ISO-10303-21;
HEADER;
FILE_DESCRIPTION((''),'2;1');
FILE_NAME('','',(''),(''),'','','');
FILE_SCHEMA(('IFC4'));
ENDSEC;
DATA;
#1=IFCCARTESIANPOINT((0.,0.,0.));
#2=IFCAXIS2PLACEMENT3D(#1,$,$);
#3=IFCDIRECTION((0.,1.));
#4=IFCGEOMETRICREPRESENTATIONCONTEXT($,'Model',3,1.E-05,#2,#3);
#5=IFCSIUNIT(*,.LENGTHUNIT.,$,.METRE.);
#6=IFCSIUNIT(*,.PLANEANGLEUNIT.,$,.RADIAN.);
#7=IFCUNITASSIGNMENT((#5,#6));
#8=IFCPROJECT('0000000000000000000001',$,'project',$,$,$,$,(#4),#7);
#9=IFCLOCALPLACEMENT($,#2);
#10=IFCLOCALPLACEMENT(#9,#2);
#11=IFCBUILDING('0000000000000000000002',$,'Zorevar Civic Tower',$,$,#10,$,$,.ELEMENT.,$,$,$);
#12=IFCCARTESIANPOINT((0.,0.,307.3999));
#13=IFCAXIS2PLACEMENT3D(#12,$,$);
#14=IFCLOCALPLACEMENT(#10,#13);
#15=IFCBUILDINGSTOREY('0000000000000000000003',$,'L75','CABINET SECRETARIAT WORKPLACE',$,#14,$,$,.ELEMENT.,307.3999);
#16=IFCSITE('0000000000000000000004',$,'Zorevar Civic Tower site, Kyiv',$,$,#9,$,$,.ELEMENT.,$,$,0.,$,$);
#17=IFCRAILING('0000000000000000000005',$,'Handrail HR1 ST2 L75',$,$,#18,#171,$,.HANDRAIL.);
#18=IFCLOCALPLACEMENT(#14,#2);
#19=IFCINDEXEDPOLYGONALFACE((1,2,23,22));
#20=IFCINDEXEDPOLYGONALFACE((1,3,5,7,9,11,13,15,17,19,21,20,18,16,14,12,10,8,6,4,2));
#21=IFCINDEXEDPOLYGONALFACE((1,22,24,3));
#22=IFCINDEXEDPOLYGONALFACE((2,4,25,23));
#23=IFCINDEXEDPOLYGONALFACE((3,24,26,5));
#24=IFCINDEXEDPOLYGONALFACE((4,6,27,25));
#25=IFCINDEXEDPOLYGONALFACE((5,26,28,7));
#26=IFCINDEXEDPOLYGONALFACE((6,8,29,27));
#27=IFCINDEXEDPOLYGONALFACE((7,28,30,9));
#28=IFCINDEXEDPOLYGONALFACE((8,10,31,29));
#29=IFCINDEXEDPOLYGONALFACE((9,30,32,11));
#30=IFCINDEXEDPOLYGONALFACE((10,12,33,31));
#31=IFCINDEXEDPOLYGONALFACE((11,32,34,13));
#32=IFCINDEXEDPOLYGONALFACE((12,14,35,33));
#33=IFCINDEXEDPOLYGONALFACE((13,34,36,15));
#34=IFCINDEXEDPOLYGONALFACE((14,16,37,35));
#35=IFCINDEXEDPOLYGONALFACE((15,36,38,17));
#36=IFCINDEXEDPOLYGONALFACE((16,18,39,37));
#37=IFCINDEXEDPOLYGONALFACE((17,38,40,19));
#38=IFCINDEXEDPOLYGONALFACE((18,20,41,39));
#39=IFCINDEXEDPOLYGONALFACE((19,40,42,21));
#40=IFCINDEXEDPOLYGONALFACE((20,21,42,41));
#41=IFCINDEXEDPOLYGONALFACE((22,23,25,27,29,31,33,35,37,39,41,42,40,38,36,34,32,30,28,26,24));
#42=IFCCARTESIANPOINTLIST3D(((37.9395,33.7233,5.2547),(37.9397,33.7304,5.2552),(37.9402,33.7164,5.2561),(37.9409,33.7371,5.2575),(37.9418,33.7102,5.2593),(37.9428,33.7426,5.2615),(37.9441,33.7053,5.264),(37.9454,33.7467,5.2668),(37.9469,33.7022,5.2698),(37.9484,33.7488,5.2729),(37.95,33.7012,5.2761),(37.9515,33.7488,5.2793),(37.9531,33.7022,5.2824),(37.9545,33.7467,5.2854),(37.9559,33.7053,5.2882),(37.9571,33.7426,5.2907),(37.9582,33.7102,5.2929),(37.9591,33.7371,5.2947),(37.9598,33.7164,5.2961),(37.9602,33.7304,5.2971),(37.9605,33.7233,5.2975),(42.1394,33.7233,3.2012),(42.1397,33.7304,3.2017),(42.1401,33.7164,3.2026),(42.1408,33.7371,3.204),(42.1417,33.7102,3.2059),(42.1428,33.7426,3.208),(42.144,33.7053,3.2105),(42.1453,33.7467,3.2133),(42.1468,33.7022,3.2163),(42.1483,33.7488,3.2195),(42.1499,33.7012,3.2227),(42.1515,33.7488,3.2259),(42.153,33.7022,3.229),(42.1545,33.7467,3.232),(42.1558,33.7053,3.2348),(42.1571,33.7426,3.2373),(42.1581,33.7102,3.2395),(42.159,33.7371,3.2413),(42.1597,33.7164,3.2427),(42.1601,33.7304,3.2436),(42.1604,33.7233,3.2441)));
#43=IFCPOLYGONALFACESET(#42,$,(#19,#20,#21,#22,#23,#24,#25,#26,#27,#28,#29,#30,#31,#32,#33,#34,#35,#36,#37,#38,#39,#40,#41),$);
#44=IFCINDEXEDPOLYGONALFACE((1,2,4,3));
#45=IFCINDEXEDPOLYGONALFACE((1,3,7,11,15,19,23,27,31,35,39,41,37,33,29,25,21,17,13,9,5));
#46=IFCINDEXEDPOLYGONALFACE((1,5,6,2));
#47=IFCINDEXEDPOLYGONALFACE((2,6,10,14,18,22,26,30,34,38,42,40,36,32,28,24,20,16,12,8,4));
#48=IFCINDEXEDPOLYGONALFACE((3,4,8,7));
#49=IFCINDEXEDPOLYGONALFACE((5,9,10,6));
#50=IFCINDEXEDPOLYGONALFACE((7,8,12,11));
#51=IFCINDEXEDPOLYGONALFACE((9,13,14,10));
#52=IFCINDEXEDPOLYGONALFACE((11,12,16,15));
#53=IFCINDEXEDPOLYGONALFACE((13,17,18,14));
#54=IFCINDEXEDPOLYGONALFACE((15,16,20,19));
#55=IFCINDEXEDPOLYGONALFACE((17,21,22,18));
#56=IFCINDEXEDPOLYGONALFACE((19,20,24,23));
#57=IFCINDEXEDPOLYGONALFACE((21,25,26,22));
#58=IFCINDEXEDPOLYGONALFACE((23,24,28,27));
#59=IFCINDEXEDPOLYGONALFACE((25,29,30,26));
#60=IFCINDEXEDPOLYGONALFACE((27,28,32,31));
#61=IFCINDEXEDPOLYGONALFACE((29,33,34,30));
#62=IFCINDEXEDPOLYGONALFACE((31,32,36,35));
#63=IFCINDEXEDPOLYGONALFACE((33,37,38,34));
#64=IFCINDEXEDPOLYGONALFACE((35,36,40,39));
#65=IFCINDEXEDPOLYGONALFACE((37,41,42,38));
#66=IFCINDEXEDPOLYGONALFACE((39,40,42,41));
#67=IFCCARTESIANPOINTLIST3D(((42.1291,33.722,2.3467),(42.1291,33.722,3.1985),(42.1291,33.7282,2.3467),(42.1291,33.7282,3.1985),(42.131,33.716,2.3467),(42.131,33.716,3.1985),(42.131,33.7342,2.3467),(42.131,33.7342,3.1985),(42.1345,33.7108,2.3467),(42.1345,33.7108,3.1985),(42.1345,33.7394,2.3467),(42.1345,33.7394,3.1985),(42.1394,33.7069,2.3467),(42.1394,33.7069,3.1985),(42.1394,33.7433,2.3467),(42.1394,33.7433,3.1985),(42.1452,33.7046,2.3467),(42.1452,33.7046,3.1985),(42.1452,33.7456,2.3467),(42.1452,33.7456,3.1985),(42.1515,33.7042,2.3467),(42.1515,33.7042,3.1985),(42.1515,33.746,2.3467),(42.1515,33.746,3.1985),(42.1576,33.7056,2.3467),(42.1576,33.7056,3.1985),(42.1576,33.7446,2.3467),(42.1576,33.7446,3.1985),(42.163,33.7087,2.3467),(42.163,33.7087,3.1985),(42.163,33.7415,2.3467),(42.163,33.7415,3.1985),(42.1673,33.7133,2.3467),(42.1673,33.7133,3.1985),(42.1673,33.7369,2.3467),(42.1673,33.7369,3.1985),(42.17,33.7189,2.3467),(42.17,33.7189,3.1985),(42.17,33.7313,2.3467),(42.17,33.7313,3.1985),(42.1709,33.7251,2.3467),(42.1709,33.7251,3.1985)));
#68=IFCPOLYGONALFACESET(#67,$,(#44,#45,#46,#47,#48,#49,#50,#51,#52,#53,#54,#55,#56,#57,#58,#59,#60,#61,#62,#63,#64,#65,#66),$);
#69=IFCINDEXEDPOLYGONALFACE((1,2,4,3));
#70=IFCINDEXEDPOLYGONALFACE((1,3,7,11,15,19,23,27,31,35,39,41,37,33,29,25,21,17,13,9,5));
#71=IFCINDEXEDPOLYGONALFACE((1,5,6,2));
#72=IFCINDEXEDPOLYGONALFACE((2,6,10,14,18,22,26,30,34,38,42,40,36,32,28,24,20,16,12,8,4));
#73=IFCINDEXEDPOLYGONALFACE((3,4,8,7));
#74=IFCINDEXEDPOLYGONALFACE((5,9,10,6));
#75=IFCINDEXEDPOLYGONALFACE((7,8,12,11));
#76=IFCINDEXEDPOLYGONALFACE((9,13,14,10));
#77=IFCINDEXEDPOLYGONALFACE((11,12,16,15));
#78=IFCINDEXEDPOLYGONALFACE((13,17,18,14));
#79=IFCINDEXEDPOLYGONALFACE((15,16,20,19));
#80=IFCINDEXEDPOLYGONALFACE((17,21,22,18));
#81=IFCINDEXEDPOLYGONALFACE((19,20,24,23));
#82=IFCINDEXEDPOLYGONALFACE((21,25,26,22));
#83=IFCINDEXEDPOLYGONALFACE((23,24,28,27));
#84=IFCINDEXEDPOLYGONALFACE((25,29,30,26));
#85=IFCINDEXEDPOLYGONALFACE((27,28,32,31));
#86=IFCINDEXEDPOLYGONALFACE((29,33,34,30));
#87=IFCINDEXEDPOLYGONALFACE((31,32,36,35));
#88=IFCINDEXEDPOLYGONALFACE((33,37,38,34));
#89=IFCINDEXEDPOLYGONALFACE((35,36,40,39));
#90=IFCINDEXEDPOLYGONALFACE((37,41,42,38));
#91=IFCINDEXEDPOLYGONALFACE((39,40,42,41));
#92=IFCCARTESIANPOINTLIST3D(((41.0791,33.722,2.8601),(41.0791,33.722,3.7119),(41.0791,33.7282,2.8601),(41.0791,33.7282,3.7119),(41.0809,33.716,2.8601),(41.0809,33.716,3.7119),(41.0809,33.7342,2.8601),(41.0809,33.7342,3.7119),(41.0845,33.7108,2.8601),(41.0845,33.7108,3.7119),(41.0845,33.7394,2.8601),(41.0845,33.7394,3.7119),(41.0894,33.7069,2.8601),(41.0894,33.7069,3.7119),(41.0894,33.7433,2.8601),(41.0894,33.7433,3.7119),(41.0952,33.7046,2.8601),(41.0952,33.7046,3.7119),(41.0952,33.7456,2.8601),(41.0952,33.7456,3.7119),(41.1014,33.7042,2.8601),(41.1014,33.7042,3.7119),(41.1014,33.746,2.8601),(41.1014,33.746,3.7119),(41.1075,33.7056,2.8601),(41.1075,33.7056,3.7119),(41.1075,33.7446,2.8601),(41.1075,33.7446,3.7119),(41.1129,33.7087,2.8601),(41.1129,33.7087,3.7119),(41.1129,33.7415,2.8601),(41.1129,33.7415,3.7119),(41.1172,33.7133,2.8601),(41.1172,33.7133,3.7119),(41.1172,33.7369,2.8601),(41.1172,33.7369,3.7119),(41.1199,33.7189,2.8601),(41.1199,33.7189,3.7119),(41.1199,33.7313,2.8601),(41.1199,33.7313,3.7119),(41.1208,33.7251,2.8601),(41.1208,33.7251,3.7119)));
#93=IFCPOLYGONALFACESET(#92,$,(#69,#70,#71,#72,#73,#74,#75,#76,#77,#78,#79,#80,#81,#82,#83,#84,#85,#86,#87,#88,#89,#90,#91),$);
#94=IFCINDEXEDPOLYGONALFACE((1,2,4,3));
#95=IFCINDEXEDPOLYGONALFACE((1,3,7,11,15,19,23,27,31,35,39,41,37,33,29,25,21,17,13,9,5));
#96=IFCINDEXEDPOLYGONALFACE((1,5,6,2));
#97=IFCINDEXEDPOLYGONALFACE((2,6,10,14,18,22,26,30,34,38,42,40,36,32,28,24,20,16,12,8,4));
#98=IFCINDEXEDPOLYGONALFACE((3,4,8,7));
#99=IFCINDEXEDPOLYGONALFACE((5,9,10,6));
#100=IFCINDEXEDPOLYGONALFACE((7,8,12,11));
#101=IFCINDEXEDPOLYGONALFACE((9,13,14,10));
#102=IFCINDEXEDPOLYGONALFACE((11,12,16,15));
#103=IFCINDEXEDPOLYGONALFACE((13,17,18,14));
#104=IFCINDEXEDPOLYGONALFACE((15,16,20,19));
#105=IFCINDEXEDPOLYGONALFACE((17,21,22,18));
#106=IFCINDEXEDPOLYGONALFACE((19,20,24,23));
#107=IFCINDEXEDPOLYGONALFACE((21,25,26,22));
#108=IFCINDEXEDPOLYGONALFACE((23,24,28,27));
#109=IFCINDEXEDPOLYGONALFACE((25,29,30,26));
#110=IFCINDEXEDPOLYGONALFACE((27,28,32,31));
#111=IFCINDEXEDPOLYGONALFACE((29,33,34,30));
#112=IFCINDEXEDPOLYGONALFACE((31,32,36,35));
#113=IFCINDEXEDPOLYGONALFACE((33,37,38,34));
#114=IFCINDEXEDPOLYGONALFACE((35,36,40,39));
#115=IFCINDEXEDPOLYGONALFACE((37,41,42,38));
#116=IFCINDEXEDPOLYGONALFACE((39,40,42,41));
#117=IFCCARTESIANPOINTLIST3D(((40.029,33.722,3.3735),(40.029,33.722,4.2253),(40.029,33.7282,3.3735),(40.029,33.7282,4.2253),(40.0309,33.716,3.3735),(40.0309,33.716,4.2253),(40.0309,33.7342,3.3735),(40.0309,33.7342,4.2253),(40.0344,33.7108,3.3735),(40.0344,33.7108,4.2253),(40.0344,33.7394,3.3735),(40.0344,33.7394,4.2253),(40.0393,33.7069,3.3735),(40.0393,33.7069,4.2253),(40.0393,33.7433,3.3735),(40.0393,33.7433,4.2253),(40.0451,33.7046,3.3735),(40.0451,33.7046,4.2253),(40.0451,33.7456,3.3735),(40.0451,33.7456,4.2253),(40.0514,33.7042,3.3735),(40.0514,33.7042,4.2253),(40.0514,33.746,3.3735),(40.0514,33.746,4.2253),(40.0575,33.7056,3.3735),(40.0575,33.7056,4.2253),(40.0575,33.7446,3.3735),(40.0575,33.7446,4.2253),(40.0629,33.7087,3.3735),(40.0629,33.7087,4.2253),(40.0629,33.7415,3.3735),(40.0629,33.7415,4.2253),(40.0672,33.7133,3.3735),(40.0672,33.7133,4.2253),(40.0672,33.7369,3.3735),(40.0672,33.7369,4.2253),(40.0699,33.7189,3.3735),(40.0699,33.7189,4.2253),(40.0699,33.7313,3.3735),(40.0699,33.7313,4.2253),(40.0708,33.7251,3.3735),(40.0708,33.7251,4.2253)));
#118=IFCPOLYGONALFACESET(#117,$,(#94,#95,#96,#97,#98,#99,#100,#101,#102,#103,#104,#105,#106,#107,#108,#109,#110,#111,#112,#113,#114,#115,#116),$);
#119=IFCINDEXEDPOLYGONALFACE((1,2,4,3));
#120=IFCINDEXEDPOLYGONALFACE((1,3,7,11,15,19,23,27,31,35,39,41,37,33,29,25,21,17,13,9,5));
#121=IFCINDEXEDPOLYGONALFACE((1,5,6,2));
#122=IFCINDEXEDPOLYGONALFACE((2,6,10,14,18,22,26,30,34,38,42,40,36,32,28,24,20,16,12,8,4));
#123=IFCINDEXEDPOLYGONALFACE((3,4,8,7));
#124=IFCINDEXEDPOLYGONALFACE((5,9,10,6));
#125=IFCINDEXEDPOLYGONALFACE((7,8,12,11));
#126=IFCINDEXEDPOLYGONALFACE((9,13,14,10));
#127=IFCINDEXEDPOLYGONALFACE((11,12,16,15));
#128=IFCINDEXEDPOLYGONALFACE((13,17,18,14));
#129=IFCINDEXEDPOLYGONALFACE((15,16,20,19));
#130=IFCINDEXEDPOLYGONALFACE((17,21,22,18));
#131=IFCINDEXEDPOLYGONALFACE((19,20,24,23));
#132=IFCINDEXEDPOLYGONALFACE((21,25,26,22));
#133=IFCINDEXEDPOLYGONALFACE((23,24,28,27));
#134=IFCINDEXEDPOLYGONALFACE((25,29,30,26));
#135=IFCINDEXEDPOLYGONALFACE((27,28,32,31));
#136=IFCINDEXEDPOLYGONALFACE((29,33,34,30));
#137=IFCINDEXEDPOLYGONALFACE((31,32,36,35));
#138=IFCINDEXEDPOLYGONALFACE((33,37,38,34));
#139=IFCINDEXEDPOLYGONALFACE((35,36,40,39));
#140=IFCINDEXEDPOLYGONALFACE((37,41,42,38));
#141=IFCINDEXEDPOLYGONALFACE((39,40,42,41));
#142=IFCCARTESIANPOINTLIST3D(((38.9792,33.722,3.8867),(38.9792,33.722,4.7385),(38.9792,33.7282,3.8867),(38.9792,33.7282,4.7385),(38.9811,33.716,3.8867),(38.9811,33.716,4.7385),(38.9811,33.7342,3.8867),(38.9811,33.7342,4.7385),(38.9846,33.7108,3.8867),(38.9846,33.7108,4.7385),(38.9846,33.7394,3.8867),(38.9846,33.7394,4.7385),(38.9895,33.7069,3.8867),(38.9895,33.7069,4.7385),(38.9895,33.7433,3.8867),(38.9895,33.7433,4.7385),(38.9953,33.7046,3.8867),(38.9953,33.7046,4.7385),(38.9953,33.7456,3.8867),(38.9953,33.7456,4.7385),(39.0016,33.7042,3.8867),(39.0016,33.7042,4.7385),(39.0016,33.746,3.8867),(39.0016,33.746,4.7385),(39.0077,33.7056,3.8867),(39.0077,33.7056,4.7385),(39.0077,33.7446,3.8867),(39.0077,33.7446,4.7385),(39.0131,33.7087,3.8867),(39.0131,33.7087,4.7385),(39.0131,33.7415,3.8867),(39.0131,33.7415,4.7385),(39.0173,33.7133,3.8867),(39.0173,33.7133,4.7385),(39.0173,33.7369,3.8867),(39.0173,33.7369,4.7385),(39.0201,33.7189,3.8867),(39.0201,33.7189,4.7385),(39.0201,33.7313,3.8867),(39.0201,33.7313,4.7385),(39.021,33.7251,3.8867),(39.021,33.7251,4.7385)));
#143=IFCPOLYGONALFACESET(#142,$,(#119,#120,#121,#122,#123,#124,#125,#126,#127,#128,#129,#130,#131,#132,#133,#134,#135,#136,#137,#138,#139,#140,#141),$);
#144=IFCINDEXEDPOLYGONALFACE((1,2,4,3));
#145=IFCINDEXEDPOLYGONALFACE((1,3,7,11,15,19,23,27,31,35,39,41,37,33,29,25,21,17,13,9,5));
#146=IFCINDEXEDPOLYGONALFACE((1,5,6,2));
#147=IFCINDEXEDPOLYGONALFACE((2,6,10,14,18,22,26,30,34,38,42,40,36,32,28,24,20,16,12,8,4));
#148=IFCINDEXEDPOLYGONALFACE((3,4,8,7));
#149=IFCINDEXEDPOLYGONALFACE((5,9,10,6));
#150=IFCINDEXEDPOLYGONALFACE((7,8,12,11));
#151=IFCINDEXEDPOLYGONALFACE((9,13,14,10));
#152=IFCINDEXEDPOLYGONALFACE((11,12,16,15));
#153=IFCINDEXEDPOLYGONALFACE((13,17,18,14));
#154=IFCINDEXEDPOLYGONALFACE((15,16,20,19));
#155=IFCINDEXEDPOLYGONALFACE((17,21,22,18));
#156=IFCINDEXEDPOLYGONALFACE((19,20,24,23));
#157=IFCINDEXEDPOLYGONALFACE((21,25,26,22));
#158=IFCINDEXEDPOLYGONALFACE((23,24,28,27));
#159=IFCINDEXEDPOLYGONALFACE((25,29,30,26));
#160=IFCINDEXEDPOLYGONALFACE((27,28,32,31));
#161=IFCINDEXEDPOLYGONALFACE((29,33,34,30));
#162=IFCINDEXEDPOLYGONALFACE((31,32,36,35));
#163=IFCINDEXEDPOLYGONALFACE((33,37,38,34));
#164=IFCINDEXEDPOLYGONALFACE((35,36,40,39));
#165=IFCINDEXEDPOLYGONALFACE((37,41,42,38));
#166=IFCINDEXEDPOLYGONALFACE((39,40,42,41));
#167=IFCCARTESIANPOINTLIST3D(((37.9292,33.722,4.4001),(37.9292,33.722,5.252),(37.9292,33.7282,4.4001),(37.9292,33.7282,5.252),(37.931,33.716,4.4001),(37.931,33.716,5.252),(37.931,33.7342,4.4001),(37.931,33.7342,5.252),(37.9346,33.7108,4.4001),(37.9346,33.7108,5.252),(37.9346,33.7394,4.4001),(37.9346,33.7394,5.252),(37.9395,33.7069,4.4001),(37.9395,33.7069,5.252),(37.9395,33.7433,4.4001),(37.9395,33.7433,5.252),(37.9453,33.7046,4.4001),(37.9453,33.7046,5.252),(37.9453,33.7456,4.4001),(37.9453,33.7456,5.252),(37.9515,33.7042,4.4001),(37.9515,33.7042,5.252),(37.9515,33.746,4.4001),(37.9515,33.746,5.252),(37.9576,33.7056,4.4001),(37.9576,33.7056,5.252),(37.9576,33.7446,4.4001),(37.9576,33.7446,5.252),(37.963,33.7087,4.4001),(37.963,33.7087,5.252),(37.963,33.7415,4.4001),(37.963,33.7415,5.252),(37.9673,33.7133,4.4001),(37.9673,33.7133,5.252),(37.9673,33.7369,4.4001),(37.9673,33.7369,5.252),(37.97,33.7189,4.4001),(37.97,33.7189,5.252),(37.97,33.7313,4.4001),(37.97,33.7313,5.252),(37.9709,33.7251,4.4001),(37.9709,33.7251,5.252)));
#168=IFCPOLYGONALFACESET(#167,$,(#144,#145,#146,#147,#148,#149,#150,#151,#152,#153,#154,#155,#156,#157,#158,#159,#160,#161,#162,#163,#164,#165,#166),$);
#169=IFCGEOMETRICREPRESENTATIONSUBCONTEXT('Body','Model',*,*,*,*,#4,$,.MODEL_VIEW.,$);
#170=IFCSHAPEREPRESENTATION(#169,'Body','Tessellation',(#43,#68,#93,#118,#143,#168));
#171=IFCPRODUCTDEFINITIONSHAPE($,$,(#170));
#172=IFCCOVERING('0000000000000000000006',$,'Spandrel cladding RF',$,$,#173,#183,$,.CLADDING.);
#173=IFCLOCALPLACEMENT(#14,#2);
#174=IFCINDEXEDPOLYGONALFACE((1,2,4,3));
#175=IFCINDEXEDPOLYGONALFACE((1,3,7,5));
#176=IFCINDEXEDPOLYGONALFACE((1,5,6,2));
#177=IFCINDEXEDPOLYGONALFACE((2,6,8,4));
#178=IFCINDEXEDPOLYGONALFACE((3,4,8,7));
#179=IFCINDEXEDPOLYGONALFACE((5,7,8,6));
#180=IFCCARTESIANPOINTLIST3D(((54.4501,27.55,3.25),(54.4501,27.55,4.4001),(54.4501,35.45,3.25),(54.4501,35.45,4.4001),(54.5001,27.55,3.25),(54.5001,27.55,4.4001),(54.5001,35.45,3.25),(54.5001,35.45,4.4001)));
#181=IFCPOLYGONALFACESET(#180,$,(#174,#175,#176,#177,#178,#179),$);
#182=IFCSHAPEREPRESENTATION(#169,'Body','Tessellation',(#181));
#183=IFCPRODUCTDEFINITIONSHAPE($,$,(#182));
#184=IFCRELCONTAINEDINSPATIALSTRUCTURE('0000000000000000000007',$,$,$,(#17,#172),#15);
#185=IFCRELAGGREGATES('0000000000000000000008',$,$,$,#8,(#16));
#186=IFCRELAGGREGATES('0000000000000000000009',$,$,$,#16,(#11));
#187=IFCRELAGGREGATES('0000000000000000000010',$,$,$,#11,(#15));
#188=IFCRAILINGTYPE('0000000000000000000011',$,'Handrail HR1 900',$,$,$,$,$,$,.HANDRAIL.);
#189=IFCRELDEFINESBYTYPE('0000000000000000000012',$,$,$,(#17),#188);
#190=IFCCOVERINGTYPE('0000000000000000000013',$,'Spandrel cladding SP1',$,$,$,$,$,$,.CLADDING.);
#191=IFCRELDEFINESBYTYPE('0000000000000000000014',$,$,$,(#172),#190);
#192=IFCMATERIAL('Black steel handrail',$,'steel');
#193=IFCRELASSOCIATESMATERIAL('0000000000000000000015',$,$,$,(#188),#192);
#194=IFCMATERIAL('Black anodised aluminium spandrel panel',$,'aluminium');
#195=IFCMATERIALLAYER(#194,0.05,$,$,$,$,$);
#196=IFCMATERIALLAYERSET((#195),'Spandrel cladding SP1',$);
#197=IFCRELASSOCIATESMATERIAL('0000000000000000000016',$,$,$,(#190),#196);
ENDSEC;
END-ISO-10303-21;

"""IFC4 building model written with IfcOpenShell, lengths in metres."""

from ifc_helpers import new_model, si_unit, direction, frame, frame_2d, origin, origin_2d, place, context, subcontext, project, spatial, rectangle, circle, extrude, material, layer, layer_set, type_object, element, save


model = new_model("IFC4")

# Units and contexts
model_context = context("Model", 3, precision=1e-05, world=origin(), true_north=direction((0.0, 1.0)))
body_context = subcontext(model_context, "Body", "Model", "MODEL_VIEW")
ifc_project = project(units=[si_unit("LENGTHUNIT", "METRE"), si_unit("PLANEANGLEUNIT", "RADIAN")], contexts=[model_context])

# Site, building, storey
site_placement = place(None, origin())
site = spatial("IfcSite", under=ifc_project, at=site_placement, Name="Zorevar Civic Tower site, Kyiv", CompositionType="ELEMENT", RefElevation=0.0)
building_placement = place(site_placement, origin())
building = spatial("IfcBuilding", under=site, at=building_placement, Name="Zorevar Civic Tower", CompositionType="ELEMENT")
storey_placement = place(building_placement, frame((0.0, 0.0, 307.3999)))
storey = spatial("IfcBuildingStorey", under=building, at=storey_placement, Name="L75", Description="CABINET SECRETARIAT WORKPLACE", CompositionType="ELEMENT", Elevation=307.3999)

# Railing
ifc_material_1 = material(Name="Black steel handrail", Category="steel")
railing_type = type_object("IfcRailingType", Name="Handrail HR1 900", PredefinedType="HANDRAIL", material=ifc_material_1)
railing_placement = place(storey_placement, frame((42.1499, 33.7251, 2.3467)))
element("IfcRailing", 1, at=railing_placement, inside=storey, type_object=railing_type, Name="Handrail HR1 ST2 L75", PredefinedType="HANDRAIL", context=body_context, shape_type="SweptSolid", body=[
    extrude(circle(Radius=0.0239, at=origin_2d()), frame((0.0, 0.0, 0.876), z_axis=(-0.898371, 0.0, 0.439237), x_axis=(0.0, -1.0, 0.0)), (0.0, 0.0, 1.0), 4.675),
    extrude(circle(Radius=0.021, at=origin_2d()), origin(), (0.0, 0.0, 1.0), 0.8518),
    extrude(circle(Radius=0.021, at=origin_2d()), frame((-1.05, 0.0, 0.5134)), (0.0, 0.0, 1.0), 0.8518),
    extrude(circle(Radius=0.021, at=origin_2d()), frame((-2.1001, 0.0, 1.0269)), (0.0, 0.0, 1.0), 0.8518),
    extrude(circle(Radius=0.021, at=origin_2d()), frame((-3.1499, 0.0, 1.54)), (0.0, 0.0, 1.0), 0.8518),
    extrude(circle(Radius=0.021, at=origin_2d()), frame((-4.2, 0.0, 2.0535)), (0.0, 0.0, 1.0), 0.8518),
])

# Covering
ifc_material_2 = material(Name="Black anodised aluminium spandrel panel", Category="aluminium")
ifc_layer_1 = layer(ifc_material_2, 0.05)
ifc_layer_set_1 = layer_set([ifc_layer_1], Name="Spandrel cladding SP1")
covering_type = type_object("IfcCoveringType", Name="Spandrel cladding SP1", PredefinedType="CLADDING", material=ifc_layer_set_1)
covering_placement = place(storey_placement, frame((54.4751, 27.55, 3.25), z_axis=(0.0, 0.0, 1.0), x_axis=(0.0, 1.0, 0.0)))
element("IfcCovering", 2, at=covering_placement, inside=storey, type_object=covering_type, Name="Spandrel cladding RF", PredefinedType="CLADDING", context=body_context, shape_type="SweptSolid", body=[
    extrude(rectangle(XDim=7.8999, YDim=0.05, at=frame_2d((3.95, 0.0))), origin(), (0.0, 0.0, 1.0), 1.1501),
])

save(model, "model.ifc")
